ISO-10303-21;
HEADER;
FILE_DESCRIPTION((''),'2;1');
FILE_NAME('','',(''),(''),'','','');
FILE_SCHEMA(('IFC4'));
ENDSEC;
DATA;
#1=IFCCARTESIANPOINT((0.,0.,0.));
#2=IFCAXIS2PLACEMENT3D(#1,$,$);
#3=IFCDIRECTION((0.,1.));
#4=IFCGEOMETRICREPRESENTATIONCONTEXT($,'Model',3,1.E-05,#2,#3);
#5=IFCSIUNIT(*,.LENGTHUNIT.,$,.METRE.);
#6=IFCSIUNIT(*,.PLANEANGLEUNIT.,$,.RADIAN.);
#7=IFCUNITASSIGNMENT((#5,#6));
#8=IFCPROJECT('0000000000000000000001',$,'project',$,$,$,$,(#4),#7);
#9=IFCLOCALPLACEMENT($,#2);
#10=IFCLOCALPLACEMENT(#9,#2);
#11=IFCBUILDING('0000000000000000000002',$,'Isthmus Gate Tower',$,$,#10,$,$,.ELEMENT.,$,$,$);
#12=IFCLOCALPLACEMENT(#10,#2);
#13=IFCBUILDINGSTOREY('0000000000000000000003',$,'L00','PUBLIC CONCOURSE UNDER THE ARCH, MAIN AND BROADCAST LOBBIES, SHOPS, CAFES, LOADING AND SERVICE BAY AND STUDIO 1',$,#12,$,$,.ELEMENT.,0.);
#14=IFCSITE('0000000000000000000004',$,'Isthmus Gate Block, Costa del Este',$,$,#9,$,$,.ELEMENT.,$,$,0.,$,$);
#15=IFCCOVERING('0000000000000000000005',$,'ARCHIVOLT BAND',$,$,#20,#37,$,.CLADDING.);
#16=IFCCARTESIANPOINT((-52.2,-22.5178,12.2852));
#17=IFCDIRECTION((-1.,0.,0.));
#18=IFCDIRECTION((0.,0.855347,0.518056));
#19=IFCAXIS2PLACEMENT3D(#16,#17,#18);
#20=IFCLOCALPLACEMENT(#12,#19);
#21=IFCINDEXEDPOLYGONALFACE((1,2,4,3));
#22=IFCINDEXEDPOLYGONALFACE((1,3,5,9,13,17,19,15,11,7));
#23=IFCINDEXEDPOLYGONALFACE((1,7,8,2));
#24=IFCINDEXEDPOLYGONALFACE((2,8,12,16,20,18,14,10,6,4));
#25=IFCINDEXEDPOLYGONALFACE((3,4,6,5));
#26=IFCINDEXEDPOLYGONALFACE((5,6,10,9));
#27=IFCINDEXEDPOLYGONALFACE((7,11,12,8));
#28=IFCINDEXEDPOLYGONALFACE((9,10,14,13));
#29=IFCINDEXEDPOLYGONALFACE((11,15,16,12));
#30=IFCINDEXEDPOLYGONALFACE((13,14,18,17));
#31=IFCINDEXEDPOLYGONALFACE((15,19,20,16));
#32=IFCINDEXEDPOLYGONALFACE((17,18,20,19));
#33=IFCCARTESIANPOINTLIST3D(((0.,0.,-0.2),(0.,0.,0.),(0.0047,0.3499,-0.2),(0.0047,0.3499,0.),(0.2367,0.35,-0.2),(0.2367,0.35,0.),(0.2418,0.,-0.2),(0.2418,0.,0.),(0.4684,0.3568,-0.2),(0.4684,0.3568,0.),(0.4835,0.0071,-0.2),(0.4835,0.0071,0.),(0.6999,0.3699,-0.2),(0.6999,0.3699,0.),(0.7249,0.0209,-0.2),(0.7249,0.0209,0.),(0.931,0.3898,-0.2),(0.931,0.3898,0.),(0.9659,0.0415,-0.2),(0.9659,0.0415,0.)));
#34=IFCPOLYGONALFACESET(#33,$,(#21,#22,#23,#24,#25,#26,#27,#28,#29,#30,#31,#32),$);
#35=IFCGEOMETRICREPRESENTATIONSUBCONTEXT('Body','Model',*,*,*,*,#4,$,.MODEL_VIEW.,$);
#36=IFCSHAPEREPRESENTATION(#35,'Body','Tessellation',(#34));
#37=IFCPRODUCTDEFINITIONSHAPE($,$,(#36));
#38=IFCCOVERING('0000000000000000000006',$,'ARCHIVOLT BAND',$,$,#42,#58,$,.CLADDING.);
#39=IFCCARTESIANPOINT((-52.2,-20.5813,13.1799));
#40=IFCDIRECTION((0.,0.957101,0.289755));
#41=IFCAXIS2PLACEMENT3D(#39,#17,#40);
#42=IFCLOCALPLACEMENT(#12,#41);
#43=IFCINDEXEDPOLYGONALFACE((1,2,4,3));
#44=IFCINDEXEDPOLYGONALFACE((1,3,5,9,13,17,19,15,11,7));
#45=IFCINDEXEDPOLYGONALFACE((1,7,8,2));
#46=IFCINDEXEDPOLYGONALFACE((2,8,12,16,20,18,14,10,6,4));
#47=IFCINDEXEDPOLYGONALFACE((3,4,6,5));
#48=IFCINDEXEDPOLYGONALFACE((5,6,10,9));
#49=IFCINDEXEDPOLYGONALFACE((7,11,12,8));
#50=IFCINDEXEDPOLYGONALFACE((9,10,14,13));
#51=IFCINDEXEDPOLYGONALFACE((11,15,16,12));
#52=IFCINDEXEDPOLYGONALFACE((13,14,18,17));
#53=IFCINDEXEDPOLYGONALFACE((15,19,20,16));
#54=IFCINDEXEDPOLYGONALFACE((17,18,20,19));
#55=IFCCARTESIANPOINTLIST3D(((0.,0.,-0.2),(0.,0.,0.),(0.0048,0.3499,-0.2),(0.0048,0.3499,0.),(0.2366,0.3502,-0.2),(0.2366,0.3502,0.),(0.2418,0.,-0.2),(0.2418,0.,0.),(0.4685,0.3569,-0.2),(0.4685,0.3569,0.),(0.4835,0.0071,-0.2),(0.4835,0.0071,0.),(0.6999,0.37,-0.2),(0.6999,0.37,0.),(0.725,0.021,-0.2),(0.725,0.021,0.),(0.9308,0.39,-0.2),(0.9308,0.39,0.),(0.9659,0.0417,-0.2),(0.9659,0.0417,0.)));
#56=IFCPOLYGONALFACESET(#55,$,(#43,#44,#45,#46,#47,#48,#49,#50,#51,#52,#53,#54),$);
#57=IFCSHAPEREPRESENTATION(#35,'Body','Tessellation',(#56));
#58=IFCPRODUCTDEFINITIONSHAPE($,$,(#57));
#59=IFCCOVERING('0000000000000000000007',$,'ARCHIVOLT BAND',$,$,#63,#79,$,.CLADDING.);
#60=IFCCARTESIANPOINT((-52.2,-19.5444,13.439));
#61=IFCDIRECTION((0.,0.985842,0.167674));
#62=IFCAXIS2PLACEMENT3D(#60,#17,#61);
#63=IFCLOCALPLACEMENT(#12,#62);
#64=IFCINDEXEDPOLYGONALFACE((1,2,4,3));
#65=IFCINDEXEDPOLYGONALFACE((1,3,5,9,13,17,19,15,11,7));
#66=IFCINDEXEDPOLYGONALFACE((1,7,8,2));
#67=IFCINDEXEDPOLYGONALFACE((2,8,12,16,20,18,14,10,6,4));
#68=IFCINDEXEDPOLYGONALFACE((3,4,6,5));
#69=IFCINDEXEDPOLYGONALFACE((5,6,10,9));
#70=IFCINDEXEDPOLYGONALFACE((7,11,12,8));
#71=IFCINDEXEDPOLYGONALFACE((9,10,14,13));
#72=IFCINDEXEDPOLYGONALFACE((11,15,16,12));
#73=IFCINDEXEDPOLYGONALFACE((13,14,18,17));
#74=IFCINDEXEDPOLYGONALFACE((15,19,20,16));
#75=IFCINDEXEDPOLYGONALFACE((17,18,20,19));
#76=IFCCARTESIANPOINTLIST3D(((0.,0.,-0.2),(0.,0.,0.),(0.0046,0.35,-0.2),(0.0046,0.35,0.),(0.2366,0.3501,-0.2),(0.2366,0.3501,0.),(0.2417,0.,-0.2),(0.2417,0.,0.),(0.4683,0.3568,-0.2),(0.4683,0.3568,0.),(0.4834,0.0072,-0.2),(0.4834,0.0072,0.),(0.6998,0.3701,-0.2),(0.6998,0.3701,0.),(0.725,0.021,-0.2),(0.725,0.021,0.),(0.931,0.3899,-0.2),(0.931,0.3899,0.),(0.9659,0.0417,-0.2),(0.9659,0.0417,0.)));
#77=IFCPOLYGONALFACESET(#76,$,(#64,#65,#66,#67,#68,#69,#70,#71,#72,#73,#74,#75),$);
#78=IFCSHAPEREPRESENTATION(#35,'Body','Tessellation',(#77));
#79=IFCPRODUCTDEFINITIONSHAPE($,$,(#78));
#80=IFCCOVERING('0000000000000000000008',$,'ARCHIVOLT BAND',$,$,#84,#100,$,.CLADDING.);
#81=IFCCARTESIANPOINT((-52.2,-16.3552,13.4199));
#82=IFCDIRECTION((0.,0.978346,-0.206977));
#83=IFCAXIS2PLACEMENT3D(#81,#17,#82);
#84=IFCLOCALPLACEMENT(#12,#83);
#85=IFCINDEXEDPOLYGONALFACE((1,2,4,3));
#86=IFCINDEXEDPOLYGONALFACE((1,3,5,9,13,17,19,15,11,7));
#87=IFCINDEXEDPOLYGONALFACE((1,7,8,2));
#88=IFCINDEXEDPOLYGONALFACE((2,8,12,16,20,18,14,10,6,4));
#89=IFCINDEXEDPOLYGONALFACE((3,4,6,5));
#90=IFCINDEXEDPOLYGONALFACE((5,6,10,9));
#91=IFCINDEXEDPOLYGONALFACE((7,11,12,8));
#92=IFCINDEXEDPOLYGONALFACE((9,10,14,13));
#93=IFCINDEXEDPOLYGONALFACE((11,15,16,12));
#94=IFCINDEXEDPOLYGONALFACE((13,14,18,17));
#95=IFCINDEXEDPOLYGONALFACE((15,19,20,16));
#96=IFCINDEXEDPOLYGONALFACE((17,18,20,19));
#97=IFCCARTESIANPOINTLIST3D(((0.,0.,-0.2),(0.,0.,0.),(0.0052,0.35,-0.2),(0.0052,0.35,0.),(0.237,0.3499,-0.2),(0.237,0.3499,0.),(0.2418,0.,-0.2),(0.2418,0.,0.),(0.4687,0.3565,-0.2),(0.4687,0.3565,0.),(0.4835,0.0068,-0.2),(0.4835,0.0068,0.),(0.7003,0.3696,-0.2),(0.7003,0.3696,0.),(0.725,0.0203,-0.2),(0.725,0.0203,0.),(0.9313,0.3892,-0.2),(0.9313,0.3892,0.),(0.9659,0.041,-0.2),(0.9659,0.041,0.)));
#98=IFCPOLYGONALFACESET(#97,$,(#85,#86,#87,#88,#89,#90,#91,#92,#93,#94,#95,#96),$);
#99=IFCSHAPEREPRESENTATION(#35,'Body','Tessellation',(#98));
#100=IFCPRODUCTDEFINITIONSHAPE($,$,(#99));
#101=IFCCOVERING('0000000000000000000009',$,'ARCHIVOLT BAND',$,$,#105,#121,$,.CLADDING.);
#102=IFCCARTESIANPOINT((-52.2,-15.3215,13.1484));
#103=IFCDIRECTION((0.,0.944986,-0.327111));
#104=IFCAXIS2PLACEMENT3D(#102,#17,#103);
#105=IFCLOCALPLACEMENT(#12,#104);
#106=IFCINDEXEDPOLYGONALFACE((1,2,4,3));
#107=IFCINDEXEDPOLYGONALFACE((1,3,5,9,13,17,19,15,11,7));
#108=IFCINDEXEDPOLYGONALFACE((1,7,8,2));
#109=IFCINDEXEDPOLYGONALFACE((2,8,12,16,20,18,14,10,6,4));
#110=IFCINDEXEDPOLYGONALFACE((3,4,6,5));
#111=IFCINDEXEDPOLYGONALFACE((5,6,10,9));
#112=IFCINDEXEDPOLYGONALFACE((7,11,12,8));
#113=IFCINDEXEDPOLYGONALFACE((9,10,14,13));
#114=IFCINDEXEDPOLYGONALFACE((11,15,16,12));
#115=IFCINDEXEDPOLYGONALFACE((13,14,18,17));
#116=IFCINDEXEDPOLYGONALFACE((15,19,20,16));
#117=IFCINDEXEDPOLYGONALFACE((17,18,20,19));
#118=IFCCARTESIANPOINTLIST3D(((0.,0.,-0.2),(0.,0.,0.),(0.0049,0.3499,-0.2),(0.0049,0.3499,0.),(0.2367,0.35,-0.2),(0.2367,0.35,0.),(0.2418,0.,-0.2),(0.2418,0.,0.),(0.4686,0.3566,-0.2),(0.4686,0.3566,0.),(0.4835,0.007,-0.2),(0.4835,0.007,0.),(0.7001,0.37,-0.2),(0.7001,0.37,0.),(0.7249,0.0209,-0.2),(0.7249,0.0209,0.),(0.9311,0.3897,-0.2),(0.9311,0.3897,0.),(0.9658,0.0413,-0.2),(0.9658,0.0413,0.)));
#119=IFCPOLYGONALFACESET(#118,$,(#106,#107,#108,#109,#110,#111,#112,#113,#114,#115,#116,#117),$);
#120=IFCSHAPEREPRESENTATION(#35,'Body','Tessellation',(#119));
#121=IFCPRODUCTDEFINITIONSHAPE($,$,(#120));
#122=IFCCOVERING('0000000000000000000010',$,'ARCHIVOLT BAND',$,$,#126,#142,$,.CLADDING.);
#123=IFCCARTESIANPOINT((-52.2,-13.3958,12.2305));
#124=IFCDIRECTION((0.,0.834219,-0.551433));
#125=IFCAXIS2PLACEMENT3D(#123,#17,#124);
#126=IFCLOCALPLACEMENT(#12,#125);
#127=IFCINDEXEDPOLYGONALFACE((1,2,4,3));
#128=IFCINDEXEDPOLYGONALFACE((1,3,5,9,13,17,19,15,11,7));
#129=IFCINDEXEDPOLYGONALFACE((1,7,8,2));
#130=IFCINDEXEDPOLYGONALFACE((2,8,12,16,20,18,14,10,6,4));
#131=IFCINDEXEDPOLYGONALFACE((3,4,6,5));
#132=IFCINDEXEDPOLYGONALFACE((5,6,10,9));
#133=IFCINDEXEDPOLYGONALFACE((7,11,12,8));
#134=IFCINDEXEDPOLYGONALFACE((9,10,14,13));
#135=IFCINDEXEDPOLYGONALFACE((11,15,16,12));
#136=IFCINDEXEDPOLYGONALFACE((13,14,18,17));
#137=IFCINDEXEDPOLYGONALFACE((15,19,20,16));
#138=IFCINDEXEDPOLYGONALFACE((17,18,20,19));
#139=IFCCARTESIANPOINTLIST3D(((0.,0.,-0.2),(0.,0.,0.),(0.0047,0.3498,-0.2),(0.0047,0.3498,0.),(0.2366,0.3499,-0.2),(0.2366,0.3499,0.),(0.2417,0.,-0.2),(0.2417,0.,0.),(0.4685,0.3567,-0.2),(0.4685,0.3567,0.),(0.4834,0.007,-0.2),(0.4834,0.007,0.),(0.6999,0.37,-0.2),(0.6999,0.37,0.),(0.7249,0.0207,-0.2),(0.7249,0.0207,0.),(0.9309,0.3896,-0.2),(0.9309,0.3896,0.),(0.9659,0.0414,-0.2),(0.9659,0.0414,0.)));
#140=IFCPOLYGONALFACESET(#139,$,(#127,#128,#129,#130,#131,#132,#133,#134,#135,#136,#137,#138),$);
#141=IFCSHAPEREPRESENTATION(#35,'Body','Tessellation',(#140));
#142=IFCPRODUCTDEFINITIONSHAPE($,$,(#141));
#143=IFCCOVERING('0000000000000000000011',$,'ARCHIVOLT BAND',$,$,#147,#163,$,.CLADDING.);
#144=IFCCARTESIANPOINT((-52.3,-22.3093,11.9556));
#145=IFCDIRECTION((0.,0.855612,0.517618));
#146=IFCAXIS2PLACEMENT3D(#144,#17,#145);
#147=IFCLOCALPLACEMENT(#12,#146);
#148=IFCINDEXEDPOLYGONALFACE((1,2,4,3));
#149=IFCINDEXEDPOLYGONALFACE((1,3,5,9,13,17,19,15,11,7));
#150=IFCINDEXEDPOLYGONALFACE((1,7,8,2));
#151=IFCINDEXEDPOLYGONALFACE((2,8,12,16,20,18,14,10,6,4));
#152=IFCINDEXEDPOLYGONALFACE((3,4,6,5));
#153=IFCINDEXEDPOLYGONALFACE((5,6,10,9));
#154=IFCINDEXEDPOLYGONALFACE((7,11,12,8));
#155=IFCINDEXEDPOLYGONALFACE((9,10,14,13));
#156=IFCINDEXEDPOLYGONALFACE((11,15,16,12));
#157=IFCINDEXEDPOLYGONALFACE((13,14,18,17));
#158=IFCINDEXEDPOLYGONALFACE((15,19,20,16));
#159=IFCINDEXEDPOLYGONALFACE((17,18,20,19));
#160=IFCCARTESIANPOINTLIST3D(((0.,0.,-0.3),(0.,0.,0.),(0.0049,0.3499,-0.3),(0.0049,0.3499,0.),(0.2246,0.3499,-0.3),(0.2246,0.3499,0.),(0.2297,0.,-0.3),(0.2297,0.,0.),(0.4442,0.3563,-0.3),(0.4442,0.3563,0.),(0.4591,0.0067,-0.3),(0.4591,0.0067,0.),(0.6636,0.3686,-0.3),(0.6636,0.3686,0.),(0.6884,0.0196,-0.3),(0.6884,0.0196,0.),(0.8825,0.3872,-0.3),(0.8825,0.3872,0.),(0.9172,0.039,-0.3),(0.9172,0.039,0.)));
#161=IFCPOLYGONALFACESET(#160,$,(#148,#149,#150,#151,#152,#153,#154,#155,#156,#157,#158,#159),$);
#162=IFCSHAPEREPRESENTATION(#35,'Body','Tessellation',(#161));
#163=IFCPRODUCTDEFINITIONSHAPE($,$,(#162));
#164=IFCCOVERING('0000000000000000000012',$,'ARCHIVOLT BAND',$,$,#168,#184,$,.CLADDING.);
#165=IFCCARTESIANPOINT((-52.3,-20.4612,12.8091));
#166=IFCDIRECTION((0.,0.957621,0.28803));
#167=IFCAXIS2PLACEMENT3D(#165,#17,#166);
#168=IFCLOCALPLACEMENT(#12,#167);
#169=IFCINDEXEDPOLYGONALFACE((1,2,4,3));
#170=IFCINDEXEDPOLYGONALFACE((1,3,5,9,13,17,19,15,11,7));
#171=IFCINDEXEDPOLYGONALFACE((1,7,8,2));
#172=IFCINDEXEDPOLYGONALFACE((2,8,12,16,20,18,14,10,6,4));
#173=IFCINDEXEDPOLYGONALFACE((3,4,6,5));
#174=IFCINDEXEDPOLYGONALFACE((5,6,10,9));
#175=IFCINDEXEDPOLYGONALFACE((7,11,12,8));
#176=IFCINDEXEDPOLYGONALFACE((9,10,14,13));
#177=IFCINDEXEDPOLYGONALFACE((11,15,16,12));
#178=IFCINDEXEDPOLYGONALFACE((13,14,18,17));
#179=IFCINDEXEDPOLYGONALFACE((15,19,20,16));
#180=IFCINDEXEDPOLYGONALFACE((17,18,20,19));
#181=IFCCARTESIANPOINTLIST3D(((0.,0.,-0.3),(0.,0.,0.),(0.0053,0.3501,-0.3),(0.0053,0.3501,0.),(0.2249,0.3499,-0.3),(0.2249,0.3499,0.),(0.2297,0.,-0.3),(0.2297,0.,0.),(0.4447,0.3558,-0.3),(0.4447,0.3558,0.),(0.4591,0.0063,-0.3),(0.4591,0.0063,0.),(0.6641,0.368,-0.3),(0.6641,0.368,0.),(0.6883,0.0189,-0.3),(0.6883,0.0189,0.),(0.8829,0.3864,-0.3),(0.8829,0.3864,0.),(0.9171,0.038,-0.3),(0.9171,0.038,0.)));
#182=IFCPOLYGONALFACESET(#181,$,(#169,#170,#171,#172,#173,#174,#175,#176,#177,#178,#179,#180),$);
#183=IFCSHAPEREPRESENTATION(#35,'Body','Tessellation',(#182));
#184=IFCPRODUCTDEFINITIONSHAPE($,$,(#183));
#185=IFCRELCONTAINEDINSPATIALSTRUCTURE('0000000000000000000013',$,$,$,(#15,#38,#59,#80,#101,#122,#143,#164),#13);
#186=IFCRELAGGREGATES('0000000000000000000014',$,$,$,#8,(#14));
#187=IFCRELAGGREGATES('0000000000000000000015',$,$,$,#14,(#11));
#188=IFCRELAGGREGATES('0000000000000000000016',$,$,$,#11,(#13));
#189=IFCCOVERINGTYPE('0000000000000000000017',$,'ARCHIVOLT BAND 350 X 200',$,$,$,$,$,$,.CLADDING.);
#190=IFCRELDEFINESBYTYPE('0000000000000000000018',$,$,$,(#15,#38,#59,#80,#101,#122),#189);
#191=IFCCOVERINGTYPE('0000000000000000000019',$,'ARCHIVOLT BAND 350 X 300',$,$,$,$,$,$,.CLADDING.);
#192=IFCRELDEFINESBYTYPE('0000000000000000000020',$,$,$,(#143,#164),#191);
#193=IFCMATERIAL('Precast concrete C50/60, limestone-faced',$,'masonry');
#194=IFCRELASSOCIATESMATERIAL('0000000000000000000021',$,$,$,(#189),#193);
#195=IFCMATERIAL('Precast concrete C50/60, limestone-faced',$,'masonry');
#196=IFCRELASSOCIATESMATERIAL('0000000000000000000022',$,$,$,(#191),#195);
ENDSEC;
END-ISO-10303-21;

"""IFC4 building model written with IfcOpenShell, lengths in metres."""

from ifc_helpers import new_model, si_unit, direction, frame, origin, place, context, subcontext, project, spatial, polyline, outline, extrude, material, type_object, element, save


model = new_model("IFC4")

# Units and contexts
model_context = context("Model", 3, precision=1e-05, world=origin(), true_north=direction((0.0, 1.0)))
body_context = subcontext(model_context, "Body", "Model", "MODEL_VIEW")
ifc_project = project(units=[si_unit("LENGTHUNIT", "METRE"), si_unit("PLANEANGLEUNIT", "RADIAN")], contexts=[model_context])

# Site, building, storey
site_placement = place(None, origin())
site = spatial("IfcSite", under=ifc_project, at=site_placement, Name="Isthmus Gate Block, Costa del Este", CompositionType="ELEMENT", RefElevation=0.0)
building_placement = place(site_placement, origin())
building = spatial("IfcBuilding", under=site, at=building_placement, Name="Isthmus Gate Tower", CompositionType="ELEMENT")
storey_placement = place(building_placement, origin())
storey = spatial("IfcBuildingStorey", under=building, at=storey_placement, Name="L00", Description="PUBLIC CONCOURSE UNDER THE ARCH, MAIN AND BROADCAST LOBBIES, SHOPS, CAFES, LOADING AND SERVICE BAY AND STUDIO 1", CompositionType="ELEMENT", Elevation=0.0)

# Coverings
ifc_material_1 = material(Name="Precast concrete C50/60, limestone-faced", Category="masonry")
covering_type_1 = type_object("IfcCoveringType", Name="ARCHIVOLT BAND 350 X 200", PredefinedType="CLADDING", material=ifc_material_1)
covering_1_placement = place(storey_placement, frame((-52.2, -22.5178, 12.2852), z_axis=(-1.0, 0.0, 0.0), x_axis=(0.0, 0.855347, 0.518056)))
element("IfcCovering", 1, at=covering_1_placement, inside=storey, type_object=covering_type_1, Name="ARCHIVOLT BAND", PredefinedType="CLADDING", context=body_context, shape_type="SweptSolid", body=[
    extrude(outline(polyline([(0.0, 0.0), (0.2418, 0.0), (0.4835, 0.0071), (0.7249, 0.0209), (0.9659, 0.0415), (0.931, 0.3898), (0.6999, 0.3699), (0.4684, 0.3568), (0.2367, 0.35), (0.0047, 0.3499), (0.0, 0.0)])), origin(), (0.0, 0.0, -1.0), 0.2),
])
covering_2_placement = place(storey_placement, frame((-52.2, -20.5813, 13.1799), z_axis=(-1.0, 0.0, 0.0), x_axis=(0.0, 0.957101, 0.289755)))
element("IfcCovering", 2, at=covering_2_placement, inside=storey, type_object=covering_type_1, Name="ARCHIVOLT BAND", PredefinedType="CLADDING", context=body_context, shape_type="SweptSolid", body=[
    extrude(outline(polyline([(0.0, 0.0), (0.2418, 0.0), (0.4835, 0.0071), (0.725, 0.021), (0.9659, 0.0417), (0.9308, 0.39), (0.6999, 0.37), (0.4685, 0.3569), (0.2366, 0.3502), (0.0048, 0.3499), (0.0, 0.0)])), origin(), (0.0, 0.0, -1.0), 0.2),
])
covering_3_placement = place(storey_placement, frame((-52.2, -19.5444, 13.439), z_axis=(-1.0, 0.0, 0.0), x_axis=(0.0, 0.985842, 0.167674)))
element("IfcCovering", 3, at=covering_3_placement, inside=storey, type_object=covering_type_1, Name="ARCHIVOLT BAND", PredefinedType="CLADDING", context=body_context, shape_type="SweptSolid", body=[
    extrude(outline(polyline([(0.0, 0.0), (0.2417, 0.0), (0.4834, 0.0072), (0.725, 0.021), (0.9659, 0.0417), (0.931, 0.3899), (0.6998, 0.3701), (0.4683, 0.3568), (0.2366, 0.3501), (0.0046, 0.35), (0.0, 0.0)])), origin(), (0.0, 0.0, -1.0), 0.2),
])
covering_4_placement = place(storey_placement, frame((-52.2, -16.3552, 13.4199), z_axis=(-1.0, 0.0, 0.0), x_axis=(0.0, 0.978346, -0.206977)))
element("IfcCovering", 4, at=covering_4_placement, inside=storey, type_object=covering_type_1, Name="ARCHIVOLT BAND", PredefinedType="CLADDING", context=body_context, shape_type="SweptSolid", body=[
    extrude(outline(polyline([(0.0, 0.0), (0.2418, 0.0), (0.4835, 0.0068), (0.725, 0.0203), (0.9659, 0.041), (0.9313, 0.3892), (0.7003, 0.3696), (0.4687, 0.3565), (0.237, 0.3499), (0.0052, 0.35), (0.0, 0.0)])), origin(), (0.0, 0.0, -1.0), 0.2),
])
covering_5_placement = place(storey_placement, frame((-52.2, -15.3215, 13.1484), z_axis=(-1.0, 0.0, 0.0), x_axis=(0.0, 0.944986, -0.327111)))
element("IfcCovering", 5, at=covering_5_placement, inside=storey, type_object=covering_type_1, Name="ARCHIVOLT BAND", PredefinedType="CLADDING", context=body_context, shape_type="SweptSolid", body=[
    extrude(outline(polyline([(0.0, 0.0), (0.2418, 0.0), (0.4835, 0.007), (0.7249, 0.0209), (0.9658, 0.0413), (0.9311, 0.3897), (0.7001, 0.37), (0.4686, 0.3566), (0.2367, 0.35), (0.0049, 0.3499), (0.0, 0.0)])), origin(), (0.0, 0.0, -1.0), 0.2),
])
covering_6_placement = place(storey_placement, frame((-52.2, -13.3958, 12.2305), z_axis=(-1.0, 0.0, 0.0), x_axis=(0.0, 0.834219, -0.551433)))
element("IfcCovering", 6, at=covering_6_placement, inside=storey, type_object=covering_type_1, Name="ARCHIVOLT BAND", PredefinedType="CLADDING", context=body_context, shape_type="SweptSolid", body=[
    extrude(outline(polyline([(0.0, 0.0), (0.2417, 0.0), (0.4834, 0.007), (0.7249, 0.0207), (0.9659, 0.0414), (0.9309, 0.3896), (0.6999, 0.37), (0.4685, 0.3567), (0.2366, 0.3499), (0.0047, 0.3498), (0.0, 0.0)])), origin(), (0.0, 0.0, -1.0), 0.2),
])
ifc_material_2 = material(Name="Precast concrete C50/60, limestone-faced", Category="masonry")
covering_type_2 = type_object("IfcCoveringType", Name="ARCHIVOLT BAND 350 X 300", PredefinedType="CLADDING", material=ifc_material_2)
covering_7_placement = place(storey_placement, frame((-52.3, -22.3093, 11.9556), z_axis=(-1.0, 0.0, 0.0), x_axis=(0.0, 0.855612, 0.517618)))
element("IfcCovering", 7, at=covering_7_placement, inside=storey, type_object=covering_type_2, Name="ARCHIVOLT BAND", PredefinedType="CLADDING", context=body_context, shape_type="SweptSolid", body=[
    extrude(outline(polyline([(0.0, 0.0), (0.2297, 0.0), (0.4591, 0.0067), (0.6884, 0.0196), (0.9172, 0.039), (0.8825, 0.3872), (0.6636, 0.3686), (0.4442, 0.3563), (0.2246, 0.3499), (0.0049, 0.3499), (0.0, 0.0)])), origin(), (0.0, 0.0, -1.0), 0.3),
])
covering_8_placement = place(storey_placement, frame((-52.3, -20.4612, 12.8091), z_axis=(-1.0, 0.0, 0.0), x_axis=(0.0, 0.957621, 0.28803)))
element("IfcCovering", 8, at=covering_8_placement, inside=storey, type_object=covering_type_2, Name="ARCHIVOLT BAND", PredefinedType="CLADDING", context=body_context, shape_type="SweptSolid", body=[
    extrude(outline(polyline([(0.0, 0.0), (0.2297, 0.0), (0.4591, 0.0063), (0.6883, 0.0189), (0.9171, 0.038), (0.8829, 0.3864), (0.6641, 0.368), (0.4447, 0.3558), (0.2249, 0.3499), (0.0053, 0.3501), (0.0, 0.0)])), origin(), (0.0, 0.0, -1.0), 0.3),
])

save(model, "model.ifc")
